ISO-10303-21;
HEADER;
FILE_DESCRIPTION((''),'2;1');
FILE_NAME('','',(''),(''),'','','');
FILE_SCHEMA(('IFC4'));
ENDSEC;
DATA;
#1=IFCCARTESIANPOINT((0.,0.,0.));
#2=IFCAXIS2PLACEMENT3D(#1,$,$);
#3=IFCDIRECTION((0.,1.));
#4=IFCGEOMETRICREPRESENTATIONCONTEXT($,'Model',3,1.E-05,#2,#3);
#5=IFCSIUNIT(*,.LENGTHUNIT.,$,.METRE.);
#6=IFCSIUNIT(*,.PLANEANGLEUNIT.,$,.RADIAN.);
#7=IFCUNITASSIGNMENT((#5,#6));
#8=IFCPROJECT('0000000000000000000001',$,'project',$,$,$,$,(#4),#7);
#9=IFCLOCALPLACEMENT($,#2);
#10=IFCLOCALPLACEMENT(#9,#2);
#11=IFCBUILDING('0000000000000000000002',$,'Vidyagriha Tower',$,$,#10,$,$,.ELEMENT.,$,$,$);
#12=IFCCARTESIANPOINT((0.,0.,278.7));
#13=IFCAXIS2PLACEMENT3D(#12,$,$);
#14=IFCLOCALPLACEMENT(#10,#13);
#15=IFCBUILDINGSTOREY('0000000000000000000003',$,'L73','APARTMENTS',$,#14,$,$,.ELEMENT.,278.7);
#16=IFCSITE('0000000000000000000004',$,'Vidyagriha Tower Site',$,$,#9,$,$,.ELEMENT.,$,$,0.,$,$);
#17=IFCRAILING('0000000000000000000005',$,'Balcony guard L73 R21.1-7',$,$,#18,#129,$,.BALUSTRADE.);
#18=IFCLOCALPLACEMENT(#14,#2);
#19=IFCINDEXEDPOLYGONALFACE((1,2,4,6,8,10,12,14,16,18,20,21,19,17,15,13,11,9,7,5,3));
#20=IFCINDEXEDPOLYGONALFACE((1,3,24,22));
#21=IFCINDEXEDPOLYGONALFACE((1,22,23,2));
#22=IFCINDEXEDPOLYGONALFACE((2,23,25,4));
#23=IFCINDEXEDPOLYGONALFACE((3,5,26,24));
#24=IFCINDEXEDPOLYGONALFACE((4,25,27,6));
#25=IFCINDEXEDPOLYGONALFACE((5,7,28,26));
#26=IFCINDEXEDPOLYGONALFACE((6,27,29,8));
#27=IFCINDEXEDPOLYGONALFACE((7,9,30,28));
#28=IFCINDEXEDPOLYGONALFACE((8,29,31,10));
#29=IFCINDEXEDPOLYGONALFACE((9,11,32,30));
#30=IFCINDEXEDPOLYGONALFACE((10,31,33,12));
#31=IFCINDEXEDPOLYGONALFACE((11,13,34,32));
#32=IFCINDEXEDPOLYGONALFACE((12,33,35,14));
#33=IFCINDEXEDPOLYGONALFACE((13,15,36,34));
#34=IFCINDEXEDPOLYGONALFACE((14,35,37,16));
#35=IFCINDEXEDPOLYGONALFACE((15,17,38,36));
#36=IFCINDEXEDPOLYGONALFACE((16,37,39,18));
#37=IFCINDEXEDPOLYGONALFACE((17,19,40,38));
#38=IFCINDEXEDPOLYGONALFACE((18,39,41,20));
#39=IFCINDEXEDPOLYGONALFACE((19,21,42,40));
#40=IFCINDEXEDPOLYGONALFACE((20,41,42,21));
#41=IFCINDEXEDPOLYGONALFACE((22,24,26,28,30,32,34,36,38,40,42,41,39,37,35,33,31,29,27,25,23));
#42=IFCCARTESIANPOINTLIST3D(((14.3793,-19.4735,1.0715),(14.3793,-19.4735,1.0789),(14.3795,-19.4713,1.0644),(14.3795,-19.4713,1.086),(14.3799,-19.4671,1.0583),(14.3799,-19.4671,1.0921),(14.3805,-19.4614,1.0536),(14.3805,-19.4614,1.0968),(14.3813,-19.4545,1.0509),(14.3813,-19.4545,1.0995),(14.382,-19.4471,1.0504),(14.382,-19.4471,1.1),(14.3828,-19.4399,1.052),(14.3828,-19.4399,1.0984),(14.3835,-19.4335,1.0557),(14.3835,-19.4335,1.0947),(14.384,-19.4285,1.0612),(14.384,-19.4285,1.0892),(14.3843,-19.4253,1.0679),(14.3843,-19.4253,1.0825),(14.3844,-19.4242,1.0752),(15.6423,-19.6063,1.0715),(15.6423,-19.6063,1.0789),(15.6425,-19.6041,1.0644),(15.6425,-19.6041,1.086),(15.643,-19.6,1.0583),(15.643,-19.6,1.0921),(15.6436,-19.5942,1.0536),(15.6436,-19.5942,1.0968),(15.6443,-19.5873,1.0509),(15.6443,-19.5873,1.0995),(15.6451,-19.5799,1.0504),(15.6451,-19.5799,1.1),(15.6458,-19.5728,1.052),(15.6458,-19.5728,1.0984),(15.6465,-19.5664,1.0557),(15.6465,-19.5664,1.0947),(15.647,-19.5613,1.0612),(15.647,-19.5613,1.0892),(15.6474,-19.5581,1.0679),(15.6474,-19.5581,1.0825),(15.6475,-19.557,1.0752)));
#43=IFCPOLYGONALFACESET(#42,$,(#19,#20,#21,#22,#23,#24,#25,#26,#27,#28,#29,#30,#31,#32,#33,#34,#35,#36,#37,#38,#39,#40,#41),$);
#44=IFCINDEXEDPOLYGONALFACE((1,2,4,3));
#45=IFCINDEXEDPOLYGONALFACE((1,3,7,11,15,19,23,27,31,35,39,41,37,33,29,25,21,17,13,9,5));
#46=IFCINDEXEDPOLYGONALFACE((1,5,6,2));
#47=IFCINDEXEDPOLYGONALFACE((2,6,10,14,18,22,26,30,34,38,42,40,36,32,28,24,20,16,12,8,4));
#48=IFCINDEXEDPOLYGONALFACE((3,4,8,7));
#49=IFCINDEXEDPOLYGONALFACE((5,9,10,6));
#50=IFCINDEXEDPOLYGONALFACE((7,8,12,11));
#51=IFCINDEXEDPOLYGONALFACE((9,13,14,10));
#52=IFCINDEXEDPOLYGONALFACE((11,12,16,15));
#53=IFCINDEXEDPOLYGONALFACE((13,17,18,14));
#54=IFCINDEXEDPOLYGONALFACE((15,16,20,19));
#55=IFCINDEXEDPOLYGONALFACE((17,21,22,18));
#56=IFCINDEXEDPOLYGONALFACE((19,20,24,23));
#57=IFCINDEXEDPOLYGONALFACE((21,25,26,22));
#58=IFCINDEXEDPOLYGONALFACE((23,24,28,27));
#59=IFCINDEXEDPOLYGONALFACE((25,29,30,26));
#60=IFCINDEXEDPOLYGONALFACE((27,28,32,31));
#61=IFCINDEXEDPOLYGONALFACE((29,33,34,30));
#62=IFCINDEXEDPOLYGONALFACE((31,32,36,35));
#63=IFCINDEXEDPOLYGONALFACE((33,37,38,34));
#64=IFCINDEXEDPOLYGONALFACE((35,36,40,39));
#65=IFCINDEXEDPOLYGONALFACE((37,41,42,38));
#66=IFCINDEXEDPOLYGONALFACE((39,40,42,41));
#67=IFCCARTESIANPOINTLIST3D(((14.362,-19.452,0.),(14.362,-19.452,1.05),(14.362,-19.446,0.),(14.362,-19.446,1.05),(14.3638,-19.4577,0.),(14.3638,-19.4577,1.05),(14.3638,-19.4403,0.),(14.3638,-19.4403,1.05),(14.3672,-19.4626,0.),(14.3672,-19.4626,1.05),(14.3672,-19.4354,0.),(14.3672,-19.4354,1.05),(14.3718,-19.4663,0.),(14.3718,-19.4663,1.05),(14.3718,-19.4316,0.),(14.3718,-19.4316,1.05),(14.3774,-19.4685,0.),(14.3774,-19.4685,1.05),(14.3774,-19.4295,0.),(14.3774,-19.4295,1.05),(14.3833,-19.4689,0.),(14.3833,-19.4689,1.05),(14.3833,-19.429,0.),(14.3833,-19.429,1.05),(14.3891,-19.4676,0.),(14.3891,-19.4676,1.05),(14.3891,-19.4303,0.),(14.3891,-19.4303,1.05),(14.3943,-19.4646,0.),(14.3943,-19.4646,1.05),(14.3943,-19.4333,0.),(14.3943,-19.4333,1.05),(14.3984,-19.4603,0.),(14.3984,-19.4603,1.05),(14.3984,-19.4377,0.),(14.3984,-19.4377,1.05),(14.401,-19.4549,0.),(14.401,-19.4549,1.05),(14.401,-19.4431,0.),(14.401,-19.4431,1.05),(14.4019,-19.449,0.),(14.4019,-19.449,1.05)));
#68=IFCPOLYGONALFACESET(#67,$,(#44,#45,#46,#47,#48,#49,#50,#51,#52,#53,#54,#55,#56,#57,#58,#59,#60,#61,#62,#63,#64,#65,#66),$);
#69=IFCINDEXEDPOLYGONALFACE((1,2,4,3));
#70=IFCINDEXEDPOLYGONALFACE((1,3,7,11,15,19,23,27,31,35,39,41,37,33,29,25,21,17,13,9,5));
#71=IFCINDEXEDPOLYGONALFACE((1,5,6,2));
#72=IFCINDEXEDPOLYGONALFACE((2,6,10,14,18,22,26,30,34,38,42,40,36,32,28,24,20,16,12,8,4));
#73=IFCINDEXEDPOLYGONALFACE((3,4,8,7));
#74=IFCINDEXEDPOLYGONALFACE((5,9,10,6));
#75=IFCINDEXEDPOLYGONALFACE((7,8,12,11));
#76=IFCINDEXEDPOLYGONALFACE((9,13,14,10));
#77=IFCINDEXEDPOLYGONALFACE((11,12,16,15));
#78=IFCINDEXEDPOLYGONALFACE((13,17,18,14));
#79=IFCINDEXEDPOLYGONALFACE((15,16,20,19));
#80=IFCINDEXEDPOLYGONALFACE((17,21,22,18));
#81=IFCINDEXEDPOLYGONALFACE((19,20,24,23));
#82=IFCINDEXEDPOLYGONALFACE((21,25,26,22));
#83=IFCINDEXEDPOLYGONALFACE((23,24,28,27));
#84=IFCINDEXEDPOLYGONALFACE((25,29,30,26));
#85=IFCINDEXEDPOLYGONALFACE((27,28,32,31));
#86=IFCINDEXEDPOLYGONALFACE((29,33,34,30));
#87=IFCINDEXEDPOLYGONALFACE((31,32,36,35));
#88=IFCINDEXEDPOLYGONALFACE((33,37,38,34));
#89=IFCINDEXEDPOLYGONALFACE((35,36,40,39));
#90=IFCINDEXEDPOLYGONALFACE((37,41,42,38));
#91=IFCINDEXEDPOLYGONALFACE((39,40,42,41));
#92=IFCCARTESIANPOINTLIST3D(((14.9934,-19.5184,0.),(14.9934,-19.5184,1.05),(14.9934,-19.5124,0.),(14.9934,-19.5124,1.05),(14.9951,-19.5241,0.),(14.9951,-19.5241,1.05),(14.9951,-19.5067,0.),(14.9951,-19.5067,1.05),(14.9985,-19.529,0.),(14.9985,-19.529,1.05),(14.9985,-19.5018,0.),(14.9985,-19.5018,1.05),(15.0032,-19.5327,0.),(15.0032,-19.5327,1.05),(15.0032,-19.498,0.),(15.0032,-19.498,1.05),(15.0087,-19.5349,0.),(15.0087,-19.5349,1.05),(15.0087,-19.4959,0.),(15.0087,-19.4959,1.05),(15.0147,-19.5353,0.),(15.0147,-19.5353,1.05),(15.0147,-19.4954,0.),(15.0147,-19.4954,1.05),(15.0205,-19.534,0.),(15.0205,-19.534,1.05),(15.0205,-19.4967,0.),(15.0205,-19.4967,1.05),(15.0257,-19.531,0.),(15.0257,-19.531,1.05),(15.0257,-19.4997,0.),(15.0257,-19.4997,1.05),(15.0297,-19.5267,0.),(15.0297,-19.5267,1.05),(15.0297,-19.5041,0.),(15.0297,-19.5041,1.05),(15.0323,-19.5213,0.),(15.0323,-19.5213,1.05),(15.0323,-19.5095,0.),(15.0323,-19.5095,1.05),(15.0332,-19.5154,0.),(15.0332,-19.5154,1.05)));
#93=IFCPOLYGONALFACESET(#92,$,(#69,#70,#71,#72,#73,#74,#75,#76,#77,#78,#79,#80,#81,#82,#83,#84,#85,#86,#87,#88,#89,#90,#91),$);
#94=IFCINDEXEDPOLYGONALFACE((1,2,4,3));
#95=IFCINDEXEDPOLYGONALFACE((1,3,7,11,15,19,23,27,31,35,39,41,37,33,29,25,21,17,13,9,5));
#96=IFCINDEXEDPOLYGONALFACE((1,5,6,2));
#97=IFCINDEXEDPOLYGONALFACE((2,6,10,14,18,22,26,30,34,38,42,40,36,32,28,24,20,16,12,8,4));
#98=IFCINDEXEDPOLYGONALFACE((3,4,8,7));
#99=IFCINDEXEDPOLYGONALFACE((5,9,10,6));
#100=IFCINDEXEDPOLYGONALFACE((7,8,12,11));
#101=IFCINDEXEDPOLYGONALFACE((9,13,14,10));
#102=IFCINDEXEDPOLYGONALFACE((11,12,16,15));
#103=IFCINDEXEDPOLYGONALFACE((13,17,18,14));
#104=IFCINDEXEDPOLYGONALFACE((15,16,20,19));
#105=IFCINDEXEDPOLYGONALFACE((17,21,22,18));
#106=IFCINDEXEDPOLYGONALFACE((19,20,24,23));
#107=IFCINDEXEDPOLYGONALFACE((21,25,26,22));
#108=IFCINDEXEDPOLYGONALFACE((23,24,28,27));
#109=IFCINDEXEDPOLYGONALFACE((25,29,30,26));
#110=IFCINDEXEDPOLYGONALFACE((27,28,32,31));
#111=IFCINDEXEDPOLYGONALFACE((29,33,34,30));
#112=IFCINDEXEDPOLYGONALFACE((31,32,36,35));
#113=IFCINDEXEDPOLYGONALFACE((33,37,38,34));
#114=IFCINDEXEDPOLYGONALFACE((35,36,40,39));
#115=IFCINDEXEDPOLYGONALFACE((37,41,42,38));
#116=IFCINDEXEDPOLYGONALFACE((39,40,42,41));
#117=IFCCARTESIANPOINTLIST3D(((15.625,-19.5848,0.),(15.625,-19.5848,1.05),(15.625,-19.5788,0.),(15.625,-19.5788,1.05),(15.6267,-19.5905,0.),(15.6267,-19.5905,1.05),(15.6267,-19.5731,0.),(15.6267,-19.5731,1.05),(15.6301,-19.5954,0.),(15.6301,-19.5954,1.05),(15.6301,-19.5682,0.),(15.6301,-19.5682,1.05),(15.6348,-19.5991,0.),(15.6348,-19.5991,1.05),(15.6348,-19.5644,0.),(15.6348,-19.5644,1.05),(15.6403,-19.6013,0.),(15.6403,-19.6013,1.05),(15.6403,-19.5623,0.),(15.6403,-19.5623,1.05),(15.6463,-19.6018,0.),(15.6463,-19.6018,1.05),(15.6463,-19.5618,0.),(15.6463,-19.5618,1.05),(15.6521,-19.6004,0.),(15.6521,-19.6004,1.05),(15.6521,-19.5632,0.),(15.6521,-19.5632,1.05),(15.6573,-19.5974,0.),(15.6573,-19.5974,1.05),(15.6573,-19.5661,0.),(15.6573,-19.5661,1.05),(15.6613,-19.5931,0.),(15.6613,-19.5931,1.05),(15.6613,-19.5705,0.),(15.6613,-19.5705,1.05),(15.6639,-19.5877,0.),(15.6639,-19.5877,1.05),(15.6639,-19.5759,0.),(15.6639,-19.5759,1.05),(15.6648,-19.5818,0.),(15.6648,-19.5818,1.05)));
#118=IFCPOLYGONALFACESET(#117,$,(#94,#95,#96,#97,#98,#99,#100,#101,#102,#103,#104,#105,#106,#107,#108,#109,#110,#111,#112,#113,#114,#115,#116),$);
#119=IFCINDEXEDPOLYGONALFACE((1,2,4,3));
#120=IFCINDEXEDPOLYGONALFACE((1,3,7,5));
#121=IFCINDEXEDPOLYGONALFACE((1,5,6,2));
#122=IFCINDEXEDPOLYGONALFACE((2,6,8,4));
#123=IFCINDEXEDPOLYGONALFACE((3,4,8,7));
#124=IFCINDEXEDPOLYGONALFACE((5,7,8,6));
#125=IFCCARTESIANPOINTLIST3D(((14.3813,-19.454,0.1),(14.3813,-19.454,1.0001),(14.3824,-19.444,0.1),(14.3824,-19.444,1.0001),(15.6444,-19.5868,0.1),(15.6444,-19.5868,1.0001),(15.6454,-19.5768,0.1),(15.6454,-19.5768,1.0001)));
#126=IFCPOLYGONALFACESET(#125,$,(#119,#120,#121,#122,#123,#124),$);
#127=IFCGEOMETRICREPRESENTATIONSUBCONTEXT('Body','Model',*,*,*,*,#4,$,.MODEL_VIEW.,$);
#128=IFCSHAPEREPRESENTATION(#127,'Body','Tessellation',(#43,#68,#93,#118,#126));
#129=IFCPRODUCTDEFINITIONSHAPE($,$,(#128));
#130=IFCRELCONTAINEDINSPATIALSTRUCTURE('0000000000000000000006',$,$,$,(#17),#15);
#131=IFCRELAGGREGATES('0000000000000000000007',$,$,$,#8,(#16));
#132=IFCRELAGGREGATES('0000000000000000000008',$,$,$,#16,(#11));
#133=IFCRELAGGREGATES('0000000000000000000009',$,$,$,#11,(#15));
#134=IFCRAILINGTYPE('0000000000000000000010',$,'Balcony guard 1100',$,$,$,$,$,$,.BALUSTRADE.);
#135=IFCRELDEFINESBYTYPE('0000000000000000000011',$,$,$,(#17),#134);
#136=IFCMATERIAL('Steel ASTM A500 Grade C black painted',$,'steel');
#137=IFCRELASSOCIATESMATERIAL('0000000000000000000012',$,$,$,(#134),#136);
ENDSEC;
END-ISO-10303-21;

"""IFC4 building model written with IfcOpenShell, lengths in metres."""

from ifc_helpers import new_model, si_unit, direction, frame, origin, origin_2d, place, context, subcontext, project, spatial, rectangle, circle, extrude, material, type_object, element, save


model = new_model("IFC4")

# Units and contexts
model_context = context("Model", 3, precision=1e-05, world=origin(), true_north=direction((0.0, 1.0)))
body_context = subcontext(model_context, "Body", "Model", "MODEL_VIEW")
ifc_project = project(units=[si_unit("LENGTHUNIT", "METRE"), si_unit("PLANEANGLEUNIT", "RADIAN")], contexts=[model_context])

# Site, building, storey
site_placement = place(None, origin())
site = spatial("IfcSite", under=ifc_project, at=site_placement, Name="Vidyagriha Tower Site", CompositionType="ELEMENT", RefElevation=0.0)
building_placement = place(site_placement, origin())
building = spatial("IfcBuilding", under=site, at=building_placement, Name="Vidyagriha Tower", CompositionType="ELEMENT")
storey_placement = place(building_placement, frame((0.0, 0.0, 278.7)))
storey = spatial("IfcBuildingStorey", under=building, at=storey_placement, Name="L73", Description="APARTMENTS", CompositionType="ELEMENT", Elevation=278.7)

# Railing
ifc_material_1 = material(Name="Steel ASTM A500 Grade C black painted", Category="steel")
railing_type = type_object("IfcRailingType", Name="Balcony guard 1100", PredefinedType="BALUSTRADE", material=ifc_material_1)
railing_1_placement = place(storey_placement, frame((14.3818, -19.449, 0.0)))
element("IfcRailing", 1, at=railing_1_placement, inside=storey, type_object=railing_type, Name="Balcony guard L73 R21.1-7", PredefinedType="BALUSTRADE", context=body_context, shape_type="SweptSolid", body=[
    extrude(circle(Radius=0.0249, at=origin_2d()), frame((0.0, 0.0, 1.0752), z_axis=(0.994516, -0.104585, 0.0), x_axis=(0.104585, 0.994516, 0.0)), (0.0, 0.0, 1.0), 1.27),
    extrude(circle(Radius=0.02, at=origin_2d()), origin(), (0.0, 0.0, 1.0), 1.05),
    extrude(circle(Radius=0.02, at=origin_2d()), frame((0.6313, -0.0664, 0.0)), (0.0, 0.0, 1.0), 1.05),
    extrude(circle(Radius=0.02, at=origin_2d()), frame((1.2629, -0.1328, 0.0)), (0.0, 0.0, 1.0), 1.05),
    extrude(rectangle(XDim=0.01, YDim=0.9001, at=origin_2d()), frame((0.0, 0.0, 0.55), z_axis=(0.994516, -0.104585, 0.0), x_axis=(0.104585, 0.994516, 0.0)), (0.0, 0.0, 1.0), 1.27),
])

save(model, "model.ifc")
